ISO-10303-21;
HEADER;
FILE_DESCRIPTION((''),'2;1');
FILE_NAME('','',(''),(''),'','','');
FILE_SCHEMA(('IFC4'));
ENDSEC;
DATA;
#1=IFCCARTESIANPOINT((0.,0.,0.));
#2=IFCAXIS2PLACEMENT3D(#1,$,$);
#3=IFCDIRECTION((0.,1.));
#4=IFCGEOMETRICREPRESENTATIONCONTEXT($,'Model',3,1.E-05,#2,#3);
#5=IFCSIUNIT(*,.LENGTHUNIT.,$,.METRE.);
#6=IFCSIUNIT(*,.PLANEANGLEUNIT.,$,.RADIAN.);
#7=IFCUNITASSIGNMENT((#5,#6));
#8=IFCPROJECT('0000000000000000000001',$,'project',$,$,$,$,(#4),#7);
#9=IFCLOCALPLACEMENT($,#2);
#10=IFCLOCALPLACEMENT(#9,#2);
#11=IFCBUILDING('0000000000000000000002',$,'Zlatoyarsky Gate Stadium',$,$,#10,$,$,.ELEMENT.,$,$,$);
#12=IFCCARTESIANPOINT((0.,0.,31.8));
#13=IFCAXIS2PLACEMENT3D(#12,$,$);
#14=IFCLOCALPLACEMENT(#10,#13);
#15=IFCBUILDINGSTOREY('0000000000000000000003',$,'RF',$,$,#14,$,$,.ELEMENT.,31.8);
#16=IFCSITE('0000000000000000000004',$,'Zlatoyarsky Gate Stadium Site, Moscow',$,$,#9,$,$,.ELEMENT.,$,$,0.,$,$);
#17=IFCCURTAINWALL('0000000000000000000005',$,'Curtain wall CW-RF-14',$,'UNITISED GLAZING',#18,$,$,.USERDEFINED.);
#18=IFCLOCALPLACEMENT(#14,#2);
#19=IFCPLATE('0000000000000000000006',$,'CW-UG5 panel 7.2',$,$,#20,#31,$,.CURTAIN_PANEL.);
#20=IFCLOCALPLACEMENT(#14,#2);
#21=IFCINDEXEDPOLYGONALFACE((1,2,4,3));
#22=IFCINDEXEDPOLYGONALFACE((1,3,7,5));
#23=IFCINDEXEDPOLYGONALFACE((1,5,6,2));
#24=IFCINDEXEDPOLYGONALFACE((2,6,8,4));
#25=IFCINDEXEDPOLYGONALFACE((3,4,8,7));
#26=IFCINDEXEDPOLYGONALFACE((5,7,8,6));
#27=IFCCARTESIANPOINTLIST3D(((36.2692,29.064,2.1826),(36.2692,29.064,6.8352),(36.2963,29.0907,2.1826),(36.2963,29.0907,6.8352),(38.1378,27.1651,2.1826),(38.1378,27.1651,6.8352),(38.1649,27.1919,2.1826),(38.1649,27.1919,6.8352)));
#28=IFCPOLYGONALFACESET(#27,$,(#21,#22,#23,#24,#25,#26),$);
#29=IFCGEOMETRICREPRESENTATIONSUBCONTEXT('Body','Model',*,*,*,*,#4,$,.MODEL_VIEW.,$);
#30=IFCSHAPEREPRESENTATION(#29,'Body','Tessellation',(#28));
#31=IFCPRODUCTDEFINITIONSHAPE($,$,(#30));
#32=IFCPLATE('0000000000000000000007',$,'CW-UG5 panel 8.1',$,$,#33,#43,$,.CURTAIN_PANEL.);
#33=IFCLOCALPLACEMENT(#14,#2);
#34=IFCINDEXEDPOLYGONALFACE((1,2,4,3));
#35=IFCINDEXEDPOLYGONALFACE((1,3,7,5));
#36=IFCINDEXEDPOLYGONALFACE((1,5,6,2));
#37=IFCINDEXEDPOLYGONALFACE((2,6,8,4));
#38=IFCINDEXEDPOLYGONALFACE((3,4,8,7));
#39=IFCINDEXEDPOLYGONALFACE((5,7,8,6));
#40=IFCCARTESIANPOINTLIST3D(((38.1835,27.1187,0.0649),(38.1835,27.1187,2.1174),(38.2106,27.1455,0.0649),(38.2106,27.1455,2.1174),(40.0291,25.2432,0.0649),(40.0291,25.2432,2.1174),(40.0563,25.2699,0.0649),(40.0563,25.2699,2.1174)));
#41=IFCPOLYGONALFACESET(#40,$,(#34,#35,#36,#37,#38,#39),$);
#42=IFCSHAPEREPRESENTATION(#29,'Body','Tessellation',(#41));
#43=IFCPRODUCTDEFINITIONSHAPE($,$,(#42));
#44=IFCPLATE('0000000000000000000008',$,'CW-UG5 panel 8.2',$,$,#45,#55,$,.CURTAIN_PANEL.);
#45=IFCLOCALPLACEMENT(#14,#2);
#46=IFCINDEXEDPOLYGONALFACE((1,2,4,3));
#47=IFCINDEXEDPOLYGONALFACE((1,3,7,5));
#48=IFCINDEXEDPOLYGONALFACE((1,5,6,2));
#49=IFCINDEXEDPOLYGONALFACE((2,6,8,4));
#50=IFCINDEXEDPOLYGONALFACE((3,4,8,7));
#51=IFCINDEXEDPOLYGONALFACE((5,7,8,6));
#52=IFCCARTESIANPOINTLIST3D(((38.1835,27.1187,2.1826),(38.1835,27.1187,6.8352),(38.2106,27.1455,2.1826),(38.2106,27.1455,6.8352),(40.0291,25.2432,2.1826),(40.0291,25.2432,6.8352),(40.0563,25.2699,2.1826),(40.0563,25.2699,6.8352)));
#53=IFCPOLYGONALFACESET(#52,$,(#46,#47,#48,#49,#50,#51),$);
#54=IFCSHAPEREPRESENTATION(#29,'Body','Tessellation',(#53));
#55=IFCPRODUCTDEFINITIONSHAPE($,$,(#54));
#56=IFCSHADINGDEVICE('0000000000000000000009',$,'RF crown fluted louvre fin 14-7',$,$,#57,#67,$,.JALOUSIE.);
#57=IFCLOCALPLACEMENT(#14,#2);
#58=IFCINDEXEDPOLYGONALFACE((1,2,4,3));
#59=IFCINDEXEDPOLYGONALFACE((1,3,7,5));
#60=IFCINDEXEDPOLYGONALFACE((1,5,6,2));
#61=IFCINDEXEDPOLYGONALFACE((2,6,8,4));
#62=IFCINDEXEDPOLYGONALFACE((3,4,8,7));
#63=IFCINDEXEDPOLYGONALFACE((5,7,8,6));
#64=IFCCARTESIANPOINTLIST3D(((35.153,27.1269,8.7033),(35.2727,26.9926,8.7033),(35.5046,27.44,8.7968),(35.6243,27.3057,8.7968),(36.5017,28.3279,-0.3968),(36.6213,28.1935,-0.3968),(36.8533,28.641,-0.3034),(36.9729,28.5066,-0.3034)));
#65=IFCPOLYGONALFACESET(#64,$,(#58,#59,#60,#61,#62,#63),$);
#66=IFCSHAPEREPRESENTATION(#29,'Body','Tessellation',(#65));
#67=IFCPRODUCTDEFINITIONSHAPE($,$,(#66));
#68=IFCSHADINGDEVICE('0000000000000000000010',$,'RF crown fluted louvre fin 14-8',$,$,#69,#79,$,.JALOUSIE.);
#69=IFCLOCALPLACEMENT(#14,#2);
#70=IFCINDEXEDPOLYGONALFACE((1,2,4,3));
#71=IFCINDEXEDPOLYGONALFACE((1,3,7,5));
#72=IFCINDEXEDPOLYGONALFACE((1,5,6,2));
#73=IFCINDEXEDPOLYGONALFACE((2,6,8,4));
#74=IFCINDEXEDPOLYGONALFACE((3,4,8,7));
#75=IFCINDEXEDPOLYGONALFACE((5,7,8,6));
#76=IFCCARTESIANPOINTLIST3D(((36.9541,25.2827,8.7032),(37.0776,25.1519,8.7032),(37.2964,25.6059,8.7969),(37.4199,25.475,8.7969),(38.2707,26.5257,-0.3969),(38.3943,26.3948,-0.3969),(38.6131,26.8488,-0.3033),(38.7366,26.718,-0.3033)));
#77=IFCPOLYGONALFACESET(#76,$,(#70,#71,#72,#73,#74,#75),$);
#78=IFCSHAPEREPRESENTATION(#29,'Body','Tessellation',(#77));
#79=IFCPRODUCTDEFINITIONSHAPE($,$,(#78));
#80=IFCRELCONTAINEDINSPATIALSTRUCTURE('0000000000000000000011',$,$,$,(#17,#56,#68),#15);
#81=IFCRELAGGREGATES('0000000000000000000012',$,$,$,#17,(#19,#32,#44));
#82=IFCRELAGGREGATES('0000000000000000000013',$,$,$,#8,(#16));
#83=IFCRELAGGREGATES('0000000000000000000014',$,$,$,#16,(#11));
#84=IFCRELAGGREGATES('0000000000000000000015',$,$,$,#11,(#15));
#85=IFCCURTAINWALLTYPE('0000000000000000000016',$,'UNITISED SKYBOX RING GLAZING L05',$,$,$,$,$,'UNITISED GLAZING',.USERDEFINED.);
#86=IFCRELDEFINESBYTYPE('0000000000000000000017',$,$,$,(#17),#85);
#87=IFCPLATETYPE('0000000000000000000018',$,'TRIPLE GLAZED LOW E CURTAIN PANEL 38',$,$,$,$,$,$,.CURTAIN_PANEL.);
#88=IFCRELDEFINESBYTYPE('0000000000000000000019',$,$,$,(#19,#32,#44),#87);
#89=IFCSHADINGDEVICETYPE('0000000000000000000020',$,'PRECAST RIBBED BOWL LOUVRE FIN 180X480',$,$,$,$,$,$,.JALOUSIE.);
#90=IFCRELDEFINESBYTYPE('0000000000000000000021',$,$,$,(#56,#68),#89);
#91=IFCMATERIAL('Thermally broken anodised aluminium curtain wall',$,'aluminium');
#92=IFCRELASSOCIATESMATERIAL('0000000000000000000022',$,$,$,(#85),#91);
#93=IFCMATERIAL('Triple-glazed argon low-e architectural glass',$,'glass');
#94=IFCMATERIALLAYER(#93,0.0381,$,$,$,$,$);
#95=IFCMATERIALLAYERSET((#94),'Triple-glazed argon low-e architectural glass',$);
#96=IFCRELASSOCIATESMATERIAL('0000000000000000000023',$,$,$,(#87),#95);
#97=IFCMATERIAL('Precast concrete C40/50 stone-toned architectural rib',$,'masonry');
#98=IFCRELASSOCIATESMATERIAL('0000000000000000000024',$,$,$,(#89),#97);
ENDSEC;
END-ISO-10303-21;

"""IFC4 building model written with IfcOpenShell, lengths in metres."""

from ifc_helpers import new_model, si_unit, direction, frame, origin, origin_2d, place, context, subcontext, project, spatial, rectangle, extrude, material, layer, layer_set, material_profile, profile_set, type_object, element, aggregate, save


model = new_model("IFC4")

# Units and contexts
model_context = context("Model", 3, precision=1e-05, world=origin(), true_north=direction((0.0, 1.0)))
body_context = subcontext(model_context, "Body", "Model", "MODEL_VIEW")
ifc_project = project(units=[si_unit("LENGTHUNIT", "METRE"), si_unit("PLANEANGLEUNIT", "RADIAN")], contexts=[model_context])

# Site, building, storey
site_placement = place(None, origin())
site = spatial("IfcSite", under=ifc_project, at=site_placement, Name="Zlatoyarsky Gate Stadium Site, Moscow", CompositionType="ELEMENT", RefElevation=0.0)
building_placement = place(site_placement, origin())
building = spatial("IfcBuilding", under=site, at=building_placement, Name="Zlatoyarsky Gate Stadium", CompositionType="ELEMENT")
storey_placement = place(building_placement, frame((0.0, 0.0, 31.8)))
storey = spatial("IfcBuildingStorey", under=building, at=storey_placement, Name="RF", CompositionType="ELEMENT", Elevation=31.8)

# Curtain wall
ifc_material_1 = material(Name="Thermally broken anodised aluminium curtain wall", Category="aluminium")
curtain_wall_type = type_object("IfcCurtainWallType", Name="UNITISED SKYBOX RING GLAZING L05", ElementType="UNITISED GLAZING", PredefinedType="USERDEFINED", material=ifc_material_1)
curtain_wall_placement = place(storey_placement, origin())
curtain_wall = element("IfcCurtainWall", 1, at=curtain_wall_placement, inside=storey, type_object=curtain_wall_type, Name="Curtain wall CW-RF-14", ObjectType="UNITISED GLAZING", PredefinedType="USERDEFINED")

# Plates
ifc_material_2 = material(Name="Triple-glazed argon low-e architectural glass", Category="glass")
ifc_layer_1 = layer(ifc_material_2, 0.0381)
ifc_layer_set_1 = layer_set([ifc_layer_1], Name="Triple-glazed argon low-e architectural glass")
plate_type_1 = type_object("IfcPlateType", Name="TRIPLE GLAZED LOW E CURTAIN PANEL 38", PredefinedType="CURTAIN_PANEL", material=ifc_layer_set_1)
plate_1_placement = place(storey_placement, frame((37.217, 28.1279, 2.1826), z_axis=(0.0, 0.0, 1.0), x_axis=(0.701402, -0.712766, 0.0)))
plate_1 = element("IfcPlate", 2, at=plate_1_placement, type_object=plate_type_1, Name="CW-UG5 panel 7.2", PredefinedType="CURTAIN_PANEL", context=body_context, shape_type="SweptSolid", body=[
    extrude(rectangle(XDim=2.6641, YDim=0.0381, at=origin_2d()), origin(), (0.0, 0.0, 1.0), 4.6526),
])
plate_2_placement = place(storey_placement, frame((39.1199, 26.1943, 0.0649), z_axis=(0.0, 0.0, 1.0), x_axis=(0.701402, -0.712766, 0.0)))
plate_2 = element("IfcPlate", 3, at=plate_2_placement, type_object=plate_type_1, Name="CW-UG5 panel 8.1", PredefinedType="CURTAIN_PANEL", context=body_context, shape_type="SweptSolid", body=[
    extrude(rectangle(XDim=2.6313, YDim=0.0381, at=origin_2d()), origin(), (0.0, 0.0, 1.0), 2.0525),
])
plate_3_placement = place(storey_placement, frame((39.1199, 26.1943, 2.1826), z_axis=(0.0, 0.0, 1.0), x_axis=(0.701402, -0.712766, 0.0)))
plate_3 = element("IfcPlate", 4, at=plate_3_placement, type_object=plate_type_1, Name="CW-UG5 panel 8.2", PredefinedType="CURTAIN_PANEL", context=body_context, shape_type="SweptSolid", body=[
    extrude(rectangle(XDim=2.6313, YDim=0.0381, at=origin_2d()), origin(), (0.0, 0.0, 1.0), 4.6526),
])
aggregate(curtain_wall, [plate_1, plate_2, plate_3])

# Shading devices
ifc_material_3 = material(Name="Precast concrete C40/50 stone-toned architectural rib", Category="masonry")
ifc_material_profile_1 = material_profile(ifc_material_3, rectangle(XDim=0.1799, YDim=0.48, at=origin_2d()), Name="RIB 180X480")
ifc_profile_set_1 = profile_set([ifc_material_profile_1], Name="Precast concrete C40/50 stone-toned architectural rib")
shading_device_type = type_object("IfcShadingDeviceType", Name="PRECAST RIBBED BOWL LOUVRE FIN 180X480", PredefinedType="JALOUSIE", material=ifc_profile_set_1)
shading_device_1_placement = place(storey_placement, frame((36.7373, 28.4172, -0.3501), z_axis=(-0.145365, -0.129445, 0.980874), x_axis=(0.665027, -0.74682, 0.0)))
element("IfcShadingDevice", 5, at=shading_device_1_placement, inside=storey, type_object=shading_device_type, Name="RF crown fluted louvre fin 14-7", PredefinedType="JALOUSIE", context=body_context, shape_type="SweptSolid", body=[
    extrude(rectangle(XDim=0.1799, YDim=0.48, at=origin_2d()), origin(), (0.0, 0.0, 1.0), 9.2776),
])
shading_device_2_placement = place(storey_placement, frame((38.5037, 26.6218, -0.3501), z_axis=(-0.141904, -0.133957, 0.980775), x_axis=(0.686453, -0.727174, 0.0)))
element("IfcShadingDevice", 6, at=shading_device_2_placement, inside=storey, type_object=shading_device_type, Name="RF crown fluted louvre fin 14-8", PredefinedType="JALOUSIE", context=body_context, shape_type="SweptSolid", body=[
    extrude(rectangle(XDim=0.1799, YDim=0.48, at=origin_2d()), origin(), (0.0, 0.0, 1.0), 9.2786),
])

save(model, "model.ifc")
